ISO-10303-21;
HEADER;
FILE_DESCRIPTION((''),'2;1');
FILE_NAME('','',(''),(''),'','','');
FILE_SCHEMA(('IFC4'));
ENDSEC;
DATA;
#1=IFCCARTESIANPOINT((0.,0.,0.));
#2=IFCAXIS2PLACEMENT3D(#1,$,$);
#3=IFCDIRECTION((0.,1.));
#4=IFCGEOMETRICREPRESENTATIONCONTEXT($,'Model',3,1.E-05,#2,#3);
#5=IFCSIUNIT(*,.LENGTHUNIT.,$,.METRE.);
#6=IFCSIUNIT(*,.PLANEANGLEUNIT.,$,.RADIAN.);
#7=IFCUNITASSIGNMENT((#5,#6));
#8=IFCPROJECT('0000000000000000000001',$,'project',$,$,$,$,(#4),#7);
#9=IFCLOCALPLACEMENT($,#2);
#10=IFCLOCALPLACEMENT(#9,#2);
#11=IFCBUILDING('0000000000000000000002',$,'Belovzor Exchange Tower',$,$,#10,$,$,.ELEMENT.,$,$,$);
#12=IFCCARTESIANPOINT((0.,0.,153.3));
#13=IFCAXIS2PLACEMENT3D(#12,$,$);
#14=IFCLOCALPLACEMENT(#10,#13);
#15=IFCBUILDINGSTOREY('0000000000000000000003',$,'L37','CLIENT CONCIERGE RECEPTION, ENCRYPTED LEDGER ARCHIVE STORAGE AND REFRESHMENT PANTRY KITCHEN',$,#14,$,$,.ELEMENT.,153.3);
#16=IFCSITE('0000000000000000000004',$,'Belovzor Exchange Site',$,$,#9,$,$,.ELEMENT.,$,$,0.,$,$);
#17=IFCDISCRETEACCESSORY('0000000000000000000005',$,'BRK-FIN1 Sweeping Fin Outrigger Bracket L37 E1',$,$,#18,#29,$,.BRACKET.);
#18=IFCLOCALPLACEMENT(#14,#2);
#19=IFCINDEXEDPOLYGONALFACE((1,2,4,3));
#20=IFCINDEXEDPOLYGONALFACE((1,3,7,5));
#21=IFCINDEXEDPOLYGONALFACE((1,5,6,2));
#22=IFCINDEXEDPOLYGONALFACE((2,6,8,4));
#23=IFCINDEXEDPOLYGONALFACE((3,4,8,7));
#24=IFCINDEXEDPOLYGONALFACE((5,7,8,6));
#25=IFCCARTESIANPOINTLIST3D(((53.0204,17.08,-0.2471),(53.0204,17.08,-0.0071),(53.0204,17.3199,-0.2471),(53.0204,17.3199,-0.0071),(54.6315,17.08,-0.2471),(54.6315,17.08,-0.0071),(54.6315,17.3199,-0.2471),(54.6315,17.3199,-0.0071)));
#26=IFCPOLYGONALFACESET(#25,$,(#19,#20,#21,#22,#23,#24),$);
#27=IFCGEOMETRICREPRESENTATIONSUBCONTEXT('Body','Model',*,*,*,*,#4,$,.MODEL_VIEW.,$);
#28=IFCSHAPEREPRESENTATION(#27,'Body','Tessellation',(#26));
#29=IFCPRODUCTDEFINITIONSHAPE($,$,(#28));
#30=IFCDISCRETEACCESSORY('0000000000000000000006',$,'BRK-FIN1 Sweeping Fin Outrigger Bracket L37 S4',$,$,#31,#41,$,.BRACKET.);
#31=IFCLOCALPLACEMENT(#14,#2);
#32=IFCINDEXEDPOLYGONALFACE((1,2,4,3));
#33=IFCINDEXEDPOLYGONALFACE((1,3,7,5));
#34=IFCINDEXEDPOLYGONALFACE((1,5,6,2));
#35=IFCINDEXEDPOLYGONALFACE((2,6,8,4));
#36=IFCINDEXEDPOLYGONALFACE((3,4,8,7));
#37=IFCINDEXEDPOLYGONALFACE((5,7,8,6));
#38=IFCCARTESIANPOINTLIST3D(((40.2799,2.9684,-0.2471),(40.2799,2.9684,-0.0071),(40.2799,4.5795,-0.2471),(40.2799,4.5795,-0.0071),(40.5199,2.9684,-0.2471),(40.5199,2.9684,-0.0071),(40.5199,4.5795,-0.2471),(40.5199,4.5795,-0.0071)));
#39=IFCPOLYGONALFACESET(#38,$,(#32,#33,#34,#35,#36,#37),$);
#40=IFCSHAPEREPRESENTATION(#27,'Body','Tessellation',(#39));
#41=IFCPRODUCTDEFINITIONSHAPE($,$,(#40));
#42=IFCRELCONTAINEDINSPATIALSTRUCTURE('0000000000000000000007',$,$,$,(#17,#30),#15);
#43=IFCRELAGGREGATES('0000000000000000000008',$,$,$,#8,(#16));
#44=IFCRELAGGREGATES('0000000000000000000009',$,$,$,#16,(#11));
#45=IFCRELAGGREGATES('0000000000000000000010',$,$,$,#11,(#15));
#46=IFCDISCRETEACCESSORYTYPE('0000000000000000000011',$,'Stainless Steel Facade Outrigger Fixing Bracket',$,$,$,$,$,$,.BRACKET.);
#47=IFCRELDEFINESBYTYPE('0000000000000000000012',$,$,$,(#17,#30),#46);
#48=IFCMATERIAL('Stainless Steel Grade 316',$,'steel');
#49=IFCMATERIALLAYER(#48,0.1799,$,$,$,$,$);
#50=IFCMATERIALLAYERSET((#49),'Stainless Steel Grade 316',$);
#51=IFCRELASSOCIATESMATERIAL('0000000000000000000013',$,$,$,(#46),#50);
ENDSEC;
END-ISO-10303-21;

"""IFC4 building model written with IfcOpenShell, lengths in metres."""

from ifc_helpers import new_model, si_unit, direction, frame, origin, origin_2d, place, context, subcontext, project, spatial, rectangle, extrude, material, layer, layer_set, type_object, element, save


model = new_model("IFC4")

# Units and contexts
model_context = context("Model", 3, precision=1e-05, world=origin(), true_north=direction((0.0, 1.0)))
body_context = subcontext(model_context, "Body", "Model", "MODEL_VIEW")
ifc_project = project(units=[si_unit("LENGTHUNIT", "METRE"), si_unit("PLANEANGLEUNIT", "RADIAN")], contexts=[model_context])

# Site, building, storey
site_placement = place(None, origin())
site = spatial("IfcSite", under=ifc_project, at=site_placement, Name="Belovzor Exchange Site", CompositionType="ELEMENT", RefElevation=0.0)
building_placement = place(site_placement, origin())
building = spatial("IfcBuilding", under=site, at=building_placement, Name="Belovzor Exchange Tower", CompositionType="ELEMENT")
storey_placement = place(building_placement, frame((0.0, 0.0, 153.3)))
storey = spatial("IfcBuildingStorey", under=building, at=storey_placement, Name="L37", Description="CLIENT CONCIERGE RECEPTION, ENCRYPTED LEDGER ARCHIVE STORAGE AND REFRESHMENT PANTRY KITCHEN", CompositionType="ELEMENT", Elevation=153.3)

# Discrete accessories
ifc_material_1 = material(Name="Stainless Steel Grade 316", Category="steel")
ifc_layer_1 = layer(ifc_material_1, 0.1799)
ifc_layer_set_1 = layer_set([ifc_layer_1], Name="Stainless Steel Grade 316")
discrete_accessory_type = type_object("IfcDiscreteAccessoryType", Name="Stainless Steel Facade Outrigger Fixing Bracket", PredefinedType="BRACKET", material=ifc_layer_set_1)
for number, where, z_axis, x_axis, name in (
    (1, (53.8259, 17.2, -0.2471), (0.0, 0.0, 1.0), (1.0, 0.0, 0.0), "BRK-FIN1 Sweeping Fin Outrigger Bracket L37 E1"),
    (2, (40.3999, 3.7739, -0.2471), (0.0, 0.0, 1.0), (0.0, 1.0, 0.0), "BRK-FIN1 Sweeping Fin Outrigger Bracket L37 S4"),
):
    element("IfcDiscreteAccessory", number, at=place(storey_placement, frame(where, z_axis=z_axis, x_axis=x_axis)), inside=storey, type_object=discrete_accessory_type, Name=name, PredefinedType="BRACKET", context=body_context, shape_type="SweptSolid", body=[
        extrude(rectangle(XDim=1.6111, YDim=0.24, at=origin_2d()), origin(), (0.0, 0.0, 1.0), 0.24),
    ])

save(model, "model.ifc")
